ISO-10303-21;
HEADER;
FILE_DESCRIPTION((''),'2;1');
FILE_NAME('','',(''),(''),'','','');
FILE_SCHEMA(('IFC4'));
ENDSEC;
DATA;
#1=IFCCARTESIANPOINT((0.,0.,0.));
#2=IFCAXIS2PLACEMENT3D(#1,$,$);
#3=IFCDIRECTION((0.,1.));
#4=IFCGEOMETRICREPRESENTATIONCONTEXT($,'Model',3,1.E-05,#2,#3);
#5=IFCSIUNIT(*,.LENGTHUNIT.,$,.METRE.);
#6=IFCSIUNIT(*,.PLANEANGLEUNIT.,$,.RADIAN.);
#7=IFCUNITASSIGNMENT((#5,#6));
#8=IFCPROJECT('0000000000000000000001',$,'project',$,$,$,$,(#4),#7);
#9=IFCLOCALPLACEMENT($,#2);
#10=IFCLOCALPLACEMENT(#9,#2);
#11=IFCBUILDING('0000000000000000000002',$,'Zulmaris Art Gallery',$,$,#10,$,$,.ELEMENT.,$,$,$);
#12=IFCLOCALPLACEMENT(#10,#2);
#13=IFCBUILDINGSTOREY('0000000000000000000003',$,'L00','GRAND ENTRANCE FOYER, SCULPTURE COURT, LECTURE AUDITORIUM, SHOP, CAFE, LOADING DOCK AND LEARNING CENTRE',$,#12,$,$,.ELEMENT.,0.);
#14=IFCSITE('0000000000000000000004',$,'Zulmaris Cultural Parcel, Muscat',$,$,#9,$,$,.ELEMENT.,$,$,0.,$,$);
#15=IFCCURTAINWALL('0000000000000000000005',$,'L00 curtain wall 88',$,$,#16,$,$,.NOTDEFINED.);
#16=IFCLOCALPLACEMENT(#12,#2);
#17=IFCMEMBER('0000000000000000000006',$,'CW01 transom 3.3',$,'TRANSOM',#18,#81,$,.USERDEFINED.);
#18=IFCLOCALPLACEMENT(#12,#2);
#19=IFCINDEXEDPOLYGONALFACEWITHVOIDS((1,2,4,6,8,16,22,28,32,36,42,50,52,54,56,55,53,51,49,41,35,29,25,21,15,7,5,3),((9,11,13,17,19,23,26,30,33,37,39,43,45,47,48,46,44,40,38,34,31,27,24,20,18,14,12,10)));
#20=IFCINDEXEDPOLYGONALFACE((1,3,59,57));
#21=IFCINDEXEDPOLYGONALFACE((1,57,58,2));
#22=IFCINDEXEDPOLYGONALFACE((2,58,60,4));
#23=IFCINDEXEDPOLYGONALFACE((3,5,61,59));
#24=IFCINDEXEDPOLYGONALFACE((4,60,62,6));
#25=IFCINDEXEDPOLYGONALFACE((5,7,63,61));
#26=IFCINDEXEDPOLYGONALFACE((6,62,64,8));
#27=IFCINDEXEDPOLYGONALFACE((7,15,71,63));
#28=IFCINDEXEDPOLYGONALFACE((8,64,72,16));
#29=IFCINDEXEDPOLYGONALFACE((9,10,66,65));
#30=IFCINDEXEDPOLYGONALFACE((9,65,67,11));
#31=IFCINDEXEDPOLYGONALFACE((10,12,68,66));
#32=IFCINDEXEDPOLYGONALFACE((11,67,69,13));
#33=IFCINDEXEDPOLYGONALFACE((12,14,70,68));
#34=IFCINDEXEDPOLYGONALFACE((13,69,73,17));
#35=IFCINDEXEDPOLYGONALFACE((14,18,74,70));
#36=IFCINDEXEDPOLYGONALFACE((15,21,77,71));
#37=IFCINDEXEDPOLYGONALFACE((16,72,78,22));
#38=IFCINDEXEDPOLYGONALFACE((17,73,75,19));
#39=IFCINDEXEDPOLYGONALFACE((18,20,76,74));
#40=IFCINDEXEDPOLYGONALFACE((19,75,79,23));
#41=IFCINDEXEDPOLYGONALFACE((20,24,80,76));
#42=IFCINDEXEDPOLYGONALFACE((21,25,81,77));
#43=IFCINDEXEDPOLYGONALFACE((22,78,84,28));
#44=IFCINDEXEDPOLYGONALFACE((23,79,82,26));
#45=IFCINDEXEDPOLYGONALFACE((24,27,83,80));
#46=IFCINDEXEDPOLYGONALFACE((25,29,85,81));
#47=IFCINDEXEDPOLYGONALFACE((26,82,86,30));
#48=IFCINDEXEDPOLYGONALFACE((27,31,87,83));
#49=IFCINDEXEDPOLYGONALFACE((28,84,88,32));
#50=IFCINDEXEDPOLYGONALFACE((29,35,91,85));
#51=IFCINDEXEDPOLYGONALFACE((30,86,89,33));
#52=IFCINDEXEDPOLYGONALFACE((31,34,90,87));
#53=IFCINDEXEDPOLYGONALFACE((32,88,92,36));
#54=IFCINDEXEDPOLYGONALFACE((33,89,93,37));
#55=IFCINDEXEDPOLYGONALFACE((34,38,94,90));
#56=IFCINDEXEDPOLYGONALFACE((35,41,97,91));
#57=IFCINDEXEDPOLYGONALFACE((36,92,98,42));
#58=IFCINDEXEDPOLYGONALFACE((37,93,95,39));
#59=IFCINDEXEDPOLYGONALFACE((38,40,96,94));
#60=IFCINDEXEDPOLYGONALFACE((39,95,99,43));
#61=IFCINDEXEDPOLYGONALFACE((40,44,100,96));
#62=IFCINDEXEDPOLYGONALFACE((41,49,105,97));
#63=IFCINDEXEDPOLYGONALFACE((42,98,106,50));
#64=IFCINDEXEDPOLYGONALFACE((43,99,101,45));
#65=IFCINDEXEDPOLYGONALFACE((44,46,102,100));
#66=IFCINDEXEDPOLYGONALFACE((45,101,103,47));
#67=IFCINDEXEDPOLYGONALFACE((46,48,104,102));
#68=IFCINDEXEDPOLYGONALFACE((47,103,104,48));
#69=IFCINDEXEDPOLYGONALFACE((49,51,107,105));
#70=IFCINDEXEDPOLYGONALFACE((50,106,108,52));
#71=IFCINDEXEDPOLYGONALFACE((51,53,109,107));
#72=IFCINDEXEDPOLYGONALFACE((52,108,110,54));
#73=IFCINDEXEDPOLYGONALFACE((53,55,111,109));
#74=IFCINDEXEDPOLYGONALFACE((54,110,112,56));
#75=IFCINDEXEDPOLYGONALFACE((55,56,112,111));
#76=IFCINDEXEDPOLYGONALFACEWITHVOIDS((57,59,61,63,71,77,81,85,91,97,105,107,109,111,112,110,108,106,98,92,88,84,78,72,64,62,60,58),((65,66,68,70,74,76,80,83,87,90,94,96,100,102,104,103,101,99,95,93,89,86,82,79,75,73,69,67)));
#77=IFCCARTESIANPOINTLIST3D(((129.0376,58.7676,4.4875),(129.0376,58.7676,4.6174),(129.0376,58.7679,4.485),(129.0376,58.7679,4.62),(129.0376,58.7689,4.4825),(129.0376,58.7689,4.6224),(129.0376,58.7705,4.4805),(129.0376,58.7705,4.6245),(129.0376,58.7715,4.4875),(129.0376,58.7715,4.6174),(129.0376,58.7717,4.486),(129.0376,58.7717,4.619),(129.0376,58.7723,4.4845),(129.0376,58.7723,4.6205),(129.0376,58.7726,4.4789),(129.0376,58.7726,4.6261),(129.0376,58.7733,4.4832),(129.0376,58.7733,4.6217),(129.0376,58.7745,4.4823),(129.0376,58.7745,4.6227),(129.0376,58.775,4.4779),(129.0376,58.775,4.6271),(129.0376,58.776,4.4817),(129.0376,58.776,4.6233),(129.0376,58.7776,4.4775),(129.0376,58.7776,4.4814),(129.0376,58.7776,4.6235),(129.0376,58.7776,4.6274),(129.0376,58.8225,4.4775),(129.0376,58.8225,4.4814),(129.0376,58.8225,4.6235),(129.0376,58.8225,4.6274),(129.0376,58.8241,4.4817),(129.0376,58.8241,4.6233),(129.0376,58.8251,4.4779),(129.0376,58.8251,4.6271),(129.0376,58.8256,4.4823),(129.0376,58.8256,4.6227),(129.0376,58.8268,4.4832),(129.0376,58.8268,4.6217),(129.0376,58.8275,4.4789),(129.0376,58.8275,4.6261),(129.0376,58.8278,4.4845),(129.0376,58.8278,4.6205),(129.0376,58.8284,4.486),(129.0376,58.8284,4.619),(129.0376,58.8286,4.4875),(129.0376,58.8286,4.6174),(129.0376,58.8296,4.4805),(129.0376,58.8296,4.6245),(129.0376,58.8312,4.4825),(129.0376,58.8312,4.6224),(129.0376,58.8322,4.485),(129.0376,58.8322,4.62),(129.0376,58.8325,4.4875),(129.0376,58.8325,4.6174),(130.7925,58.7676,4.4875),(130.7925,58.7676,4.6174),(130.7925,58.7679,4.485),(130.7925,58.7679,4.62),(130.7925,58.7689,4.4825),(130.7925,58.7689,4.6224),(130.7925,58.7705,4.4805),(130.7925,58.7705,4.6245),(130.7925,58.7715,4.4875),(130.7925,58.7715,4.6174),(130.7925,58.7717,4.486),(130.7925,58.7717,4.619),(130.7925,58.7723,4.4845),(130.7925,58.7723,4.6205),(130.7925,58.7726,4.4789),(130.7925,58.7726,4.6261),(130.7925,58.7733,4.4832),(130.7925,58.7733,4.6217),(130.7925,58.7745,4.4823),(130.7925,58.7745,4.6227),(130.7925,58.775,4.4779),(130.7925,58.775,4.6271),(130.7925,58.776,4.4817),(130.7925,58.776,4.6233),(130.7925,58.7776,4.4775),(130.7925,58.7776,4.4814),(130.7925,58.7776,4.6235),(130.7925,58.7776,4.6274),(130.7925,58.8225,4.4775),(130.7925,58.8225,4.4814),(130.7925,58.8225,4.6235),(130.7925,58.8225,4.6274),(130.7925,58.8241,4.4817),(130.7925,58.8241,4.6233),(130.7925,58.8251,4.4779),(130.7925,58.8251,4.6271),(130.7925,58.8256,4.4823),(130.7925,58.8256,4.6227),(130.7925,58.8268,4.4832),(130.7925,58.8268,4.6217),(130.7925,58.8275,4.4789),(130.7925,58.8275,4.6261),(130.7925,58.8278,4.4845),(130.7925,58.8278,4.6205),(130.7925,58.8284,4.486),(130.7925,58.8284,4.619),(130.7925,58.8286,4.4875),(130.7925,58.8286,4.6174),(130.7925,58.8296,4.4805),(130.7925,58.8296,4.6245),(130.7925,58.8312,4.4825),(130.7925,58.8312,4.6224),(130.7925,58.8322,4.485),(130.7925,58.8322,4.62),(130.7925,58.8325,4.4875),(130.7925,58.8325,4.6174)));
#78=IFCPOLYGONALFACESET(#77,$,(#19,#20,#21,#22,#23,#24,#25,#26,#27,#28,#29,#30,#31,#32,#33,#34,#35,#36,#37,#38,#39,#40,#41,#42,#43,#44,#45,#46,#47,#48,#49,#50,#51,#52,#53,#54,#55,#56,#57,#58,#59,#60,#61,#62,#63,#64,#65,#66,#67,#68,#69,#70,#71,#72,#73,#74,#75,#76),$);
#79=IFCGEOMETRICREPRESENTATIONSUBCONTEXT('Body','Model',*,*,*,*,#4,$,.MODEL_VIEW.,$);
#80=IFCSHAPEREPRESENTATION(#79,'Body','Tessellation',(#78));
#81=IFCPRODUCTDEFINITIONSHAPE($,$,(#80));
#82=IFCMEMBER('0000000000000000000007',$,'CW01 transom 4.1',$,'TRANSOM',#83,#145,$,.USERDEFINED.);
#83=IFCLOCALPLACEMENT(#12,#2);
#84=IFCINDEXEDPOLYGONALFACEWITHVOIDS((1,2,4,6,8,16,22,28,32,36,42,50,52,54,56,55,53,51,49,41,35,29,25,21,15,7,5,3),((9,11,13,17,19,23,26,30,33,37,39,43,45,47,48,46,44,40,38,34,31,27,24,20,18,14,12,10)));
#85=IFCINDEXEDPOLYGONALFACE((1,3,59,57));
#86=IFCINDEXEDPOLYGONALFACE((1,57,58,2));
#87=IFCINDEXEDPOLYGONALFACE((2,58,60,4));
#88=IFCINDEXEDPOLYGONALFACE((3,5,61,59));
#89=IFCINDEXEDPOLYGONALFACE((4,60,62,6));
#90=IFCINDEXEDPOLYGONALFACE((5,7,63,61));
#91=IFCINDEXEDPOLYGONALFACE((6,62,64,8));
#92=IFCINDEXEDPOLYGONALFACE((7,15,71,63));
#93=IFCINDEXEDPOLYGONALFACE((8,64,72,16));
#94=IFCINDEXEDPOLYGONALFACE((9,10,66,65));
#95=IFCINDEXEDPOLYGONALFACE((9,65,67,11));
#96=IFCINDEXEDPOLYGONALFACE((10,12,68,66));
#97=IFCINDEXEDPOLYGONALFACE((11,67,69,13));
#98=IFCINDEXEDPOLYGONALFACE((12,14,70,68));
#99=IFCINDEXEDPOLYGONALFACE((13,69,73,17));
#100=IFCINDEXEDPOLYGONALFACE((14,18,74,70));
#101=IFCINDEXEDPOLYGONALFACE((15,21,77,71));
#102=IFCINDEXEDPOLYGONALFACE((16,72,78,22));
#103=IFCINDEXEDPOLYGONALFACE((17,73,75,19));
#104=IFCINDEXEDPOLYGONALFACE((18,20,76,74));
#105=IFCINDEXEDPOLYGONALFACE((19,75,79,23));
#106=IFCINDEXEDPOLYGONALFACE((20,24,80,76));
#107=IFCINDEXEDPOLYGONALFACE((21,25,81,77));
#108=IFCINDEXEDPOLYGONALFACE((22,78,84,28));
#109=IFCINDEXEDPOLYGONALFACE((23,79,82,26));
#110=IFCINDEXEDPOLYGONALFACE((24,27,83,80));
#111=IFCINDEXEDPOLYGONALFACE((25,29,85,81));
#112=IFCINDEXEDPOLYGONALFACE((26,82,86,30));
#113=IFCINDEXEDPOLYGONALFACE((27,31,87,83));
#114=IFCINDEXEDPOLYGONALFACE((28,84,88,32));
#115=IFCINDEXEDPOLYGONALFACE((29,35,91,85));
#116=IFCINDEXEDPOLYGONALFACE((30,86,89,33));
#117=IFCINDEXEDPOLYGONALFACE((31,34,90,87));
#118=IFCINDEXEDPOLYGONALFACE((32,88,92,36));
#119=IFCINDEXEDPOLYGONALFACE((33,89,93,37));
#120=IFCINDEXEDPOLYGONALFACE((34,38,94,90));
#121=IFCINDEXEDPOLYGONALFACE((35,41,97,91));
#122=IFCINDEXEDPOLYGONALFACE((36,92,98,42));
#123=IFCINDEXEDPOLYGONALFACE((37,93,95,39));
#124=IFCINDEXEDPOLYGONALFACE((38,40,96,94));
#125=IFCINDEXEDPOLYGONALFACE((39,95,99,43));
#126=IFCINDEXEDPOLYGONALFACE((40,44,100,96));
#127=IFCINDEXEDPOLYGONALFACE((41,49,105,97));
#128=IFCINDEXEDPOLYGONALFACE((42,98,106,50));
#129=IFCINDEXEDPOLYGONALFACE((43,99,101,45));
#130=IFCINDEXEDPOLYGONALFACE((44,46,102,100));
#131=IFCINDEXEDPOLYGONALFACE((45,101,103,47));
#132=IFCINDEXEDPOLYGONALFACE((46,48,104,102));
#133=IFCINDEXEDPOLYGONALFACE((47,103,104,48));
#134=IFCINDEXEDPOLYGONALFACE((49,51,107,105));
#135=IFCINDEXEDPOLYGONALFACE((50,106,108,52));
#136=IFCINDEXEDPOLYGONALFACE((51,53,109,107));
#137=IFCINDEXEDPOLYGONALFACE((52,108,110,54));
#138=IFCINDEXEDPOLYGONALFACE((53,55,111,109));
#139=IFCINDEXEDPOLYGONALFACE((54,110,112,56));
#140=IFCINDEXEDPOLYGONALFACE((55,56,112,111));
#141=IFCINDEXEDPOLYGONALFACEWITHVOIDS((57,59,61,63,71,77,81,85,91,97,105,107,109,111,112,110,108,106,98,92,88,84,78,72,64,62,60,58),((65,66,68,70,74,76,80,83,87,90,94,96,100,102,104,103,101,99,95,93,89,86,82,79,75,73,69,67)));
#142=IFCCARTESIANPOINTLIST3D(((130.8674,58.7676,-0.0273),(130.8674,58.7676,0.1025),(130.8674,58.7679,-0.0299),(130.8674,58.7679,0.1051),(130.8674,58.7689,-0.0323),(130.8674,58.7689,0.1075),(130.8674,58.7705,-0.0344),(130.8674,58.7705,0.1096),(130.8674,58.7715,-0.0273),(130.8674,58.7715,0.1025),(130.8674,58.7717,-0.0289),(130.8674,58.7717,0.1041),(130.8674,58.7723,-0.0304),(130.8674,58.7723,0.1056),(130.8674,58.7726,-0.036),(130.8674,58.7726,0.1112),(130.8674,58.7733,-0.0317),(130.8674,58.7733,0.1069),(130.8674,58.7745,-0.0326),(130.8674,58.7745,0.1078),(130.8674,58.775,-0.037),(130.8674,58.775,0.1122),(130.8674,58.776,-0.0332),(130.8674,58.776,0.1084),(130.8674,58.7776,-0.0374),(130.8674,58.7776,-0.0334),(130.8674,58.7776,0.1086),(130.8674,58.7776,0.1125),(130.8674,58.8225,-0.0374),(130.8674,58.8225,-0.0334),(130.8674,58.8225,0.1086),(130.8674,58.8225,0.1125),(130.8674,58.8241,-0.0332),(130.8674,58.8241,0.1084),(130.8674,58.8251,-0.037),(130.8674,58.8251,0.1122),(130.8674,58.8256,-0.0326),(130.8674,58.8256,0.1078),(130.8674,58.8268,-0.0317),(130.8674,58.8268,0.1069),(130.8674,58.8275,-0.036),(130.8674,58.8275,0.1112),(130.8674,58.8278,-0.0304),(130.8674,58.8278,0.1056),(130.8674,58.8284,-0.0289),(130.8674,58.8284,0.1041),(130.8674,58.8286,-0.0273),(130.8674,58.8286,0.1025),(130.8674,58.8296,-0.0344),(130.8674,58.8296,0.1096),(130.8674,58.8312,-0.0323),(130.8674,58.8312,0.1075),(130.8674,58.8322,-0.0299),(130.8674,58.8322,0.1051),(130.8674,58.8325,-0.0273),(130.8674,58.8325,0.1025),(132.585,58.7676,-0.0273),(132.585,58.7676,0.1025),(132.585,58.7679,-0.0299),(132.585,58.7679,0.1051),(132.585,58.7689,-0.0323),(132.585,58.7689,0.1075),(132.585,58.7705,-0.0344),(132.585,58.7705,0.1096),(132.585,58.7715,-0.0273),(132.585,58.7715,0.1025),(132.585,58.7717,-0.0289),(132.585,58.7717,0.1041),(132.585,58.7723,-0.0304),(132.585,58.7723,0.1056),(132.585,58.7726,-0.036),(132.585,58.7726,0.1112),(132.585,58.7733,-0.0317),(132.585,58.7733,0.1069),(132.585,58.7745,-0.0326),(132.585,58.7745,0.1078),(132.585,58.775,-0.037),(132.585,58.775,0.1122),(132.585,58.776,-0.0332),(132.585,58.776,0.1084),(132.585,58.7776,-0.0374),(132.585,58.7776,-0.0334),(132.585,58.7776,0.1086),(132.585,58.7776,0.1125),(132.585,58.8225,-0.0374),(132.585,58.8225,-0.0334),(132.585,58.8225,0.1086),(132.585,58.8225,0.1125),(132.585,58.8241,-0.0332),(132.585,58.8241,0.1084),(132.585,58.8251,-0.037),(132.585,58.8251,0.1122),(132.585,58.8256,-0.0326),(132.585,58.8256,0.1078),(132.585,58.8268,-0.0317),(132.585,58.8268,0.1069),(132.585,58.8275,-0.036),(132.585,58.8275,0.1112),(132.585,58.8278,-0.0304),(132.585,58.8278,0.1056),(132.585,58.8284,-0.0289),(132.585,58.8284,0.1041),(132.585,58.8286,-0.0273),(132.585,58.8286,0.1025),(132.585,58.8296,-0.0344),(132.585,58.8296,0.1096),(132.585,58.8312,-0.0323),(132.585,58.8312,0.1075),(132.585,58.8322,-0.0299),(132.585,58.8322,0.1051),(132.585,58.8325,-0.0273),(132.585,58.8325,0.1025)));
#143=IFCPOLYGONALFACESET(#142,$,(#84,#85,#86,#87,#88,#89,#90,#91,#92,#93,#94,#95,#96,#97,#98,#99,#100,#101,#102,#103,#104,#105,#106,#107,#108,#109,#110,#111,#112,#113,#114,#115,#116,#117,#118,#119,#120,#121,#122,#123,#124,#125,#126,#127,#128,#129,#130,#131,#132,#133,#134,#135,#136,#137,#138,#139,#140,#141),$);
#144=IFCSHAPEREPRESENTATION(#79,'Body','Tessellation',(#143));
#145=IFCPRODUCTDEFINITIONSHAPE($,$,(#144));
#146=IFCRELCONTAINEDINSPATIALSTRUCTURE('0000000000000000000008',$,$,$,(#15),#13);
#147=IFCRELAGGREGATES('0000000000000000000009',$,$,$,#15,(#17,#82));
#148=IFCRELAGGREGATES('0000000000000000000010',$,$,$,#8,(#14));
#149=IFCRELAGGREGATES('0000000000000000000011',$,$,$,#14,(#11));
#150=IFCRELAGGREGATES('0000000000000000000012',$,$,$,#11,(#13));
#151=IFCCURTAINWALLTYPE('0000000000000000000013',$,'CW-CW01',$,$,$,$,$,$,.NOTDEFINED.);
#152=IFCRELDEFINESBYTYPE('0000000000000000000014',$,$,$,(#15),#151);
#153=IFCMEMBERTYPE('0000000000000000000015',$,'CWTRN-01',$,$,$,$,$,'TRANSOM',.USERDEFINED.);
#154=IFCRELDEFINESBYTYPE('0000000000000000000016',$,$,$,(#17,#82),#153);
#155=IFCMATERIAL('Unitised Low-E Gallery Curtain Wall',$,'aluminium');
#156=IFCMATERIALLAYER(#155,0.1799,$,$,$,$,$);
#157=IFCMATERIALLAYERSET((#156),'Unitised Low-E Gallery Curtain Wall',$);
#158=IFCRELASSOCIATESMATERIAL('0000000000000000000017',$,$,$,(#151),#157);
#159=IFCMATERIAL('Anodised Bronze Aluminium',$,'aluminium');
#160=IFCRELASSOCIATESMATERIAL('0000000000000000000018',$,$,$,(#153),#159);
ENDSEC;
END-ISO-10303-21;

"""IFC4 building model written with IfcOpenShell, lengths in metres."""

from ifc_helpers import new_model, si_unit, direction, frame, origin, origin_2d, place, context, subcontext, project, spatial, hollow_rectangle, extrude, material, layer, layer_set, material_profile, profile_set, type_object, element, aggregate, save


model = new_model("IFC4")

# Units and contexts
model_context = context("Model", 3, precision=1e-05, world=origin(), true_north=direction((0.0, 1.0)))
body_context = subcontext(model_context, "Body", "Model", "MODEL_VIEW")
ifc_project = project(units=[si_unit("LENGTHUNIT", "METRE"), si_unit("PLANEANGLEUNIT", "RADIAN")], contexts=[model_context])

# Site, building, storey
site_placement = place(None, origin())
site = spatial("IfcSite", under=ifc_project, at=site_placement, Name="Zulmaris Cultural Parcel, Muscat", CompositionType="ELEMENT", RefElevation=0.0)
building_placement = place(site_placement, origin())
building = spatial("IfcBuilding", under=site, at=building_placement, Name="Zulmaris Art Gallery", CompositionType="ELEMENT")
storey_placement = place(building_placement, origin())
storey = spatial("IfcBuildingStorey", under=building, at=storey_placement, Name="L00", Description="GRAND ENTRANCE FOYER, SCULPTURE COURT, LECTURE AUDITORIUM, SHOP, CAFE, LOADING DOCK AND LEARNING CENTRE", CompositionType="ELEMENT", Elevation=0.0)

# Curtain wall, members
ifc_material_1 = material(Name="Unitised Low-E Gallery Curtain Wall", Category="aluminium")
ifc_layer_1 = layer(ifc_material_1, 0.1799)
ifc_layer_set_1 = layer_set([ifc_layer_1], Name="Unitised Low-E Gallery Curtain Wall")
curtain_wall_type = type_object("IfcCurtainWallType", Name="CW-CW01", PredefinedType="NOTDEFINED", material=ifc_layer_set_1)
curtain_wall_placement = place(storey_placement, origin())
curtain_wall = element("IfcCurtainWall", 1, at=curtain_wall_placement, inside=storey, type_object=curtain_wall_type, Name="L00 curtain wall 88", PredefinedType="NOTDEFINED")
ifc_material_2 = material(Name="Anodised Bronze Aluminium", Category="aluminium")
ifc_material_profile_1 = material_profile(ifc_material_2, hollow_rectangle(XDim=0.0649, YDim=0.1499, WallThickness=0.0039, InnerFilletRadius=0.0061, OuterFilletRadius=0.01, at=origin_2d()), Name="ALU 65x150x4")
ifc_profile_set_1 = profile_set([ifc_material_profile_1], Name="Anodised Bronze Aluminium")
member_type_1 = type_object("IfcMemberType", Name="CWTRN-01", ElementType="TRANSOM", PredefinedType="USERDEFINED", material=ifc_profile_set_1)
member_1_placement = place(storey_placement, frame((129.0376, 58.8, 4.5525), z_axis=(1.0, 0.0, 0.0), x_axis=(0.0, 1.0, 0.0)))
member_1 = element("IfcMember", 2, at=member_1_placement, type_object=member_type_1, Name="CW01 transom 3.3", ObjectType="TRANSOM", PredefinedType="USERDEFINED", context=body_context, shape_type="SweptSolid", body=[
    extrude(hollow_rectangle(XDim=0.0649, YDim=0.1499, WallThickness=0.0039, InnerFilletRadius=0.0061, OuterFilletRadius=0.01, at=origin_2d()), origin(), (0.0, 0.0, 1.0), 1.7549),
])
member_2_placement = place(storey_placement, frame((130.8674, 58.8, 0.0376), z_axis=(1.0, 0.0, 0.0), x_axis=(0.0, 1.0, 0.0)))
member_2 = element("IfcMember", 3, at=member_2_placement, type_object=member_type_1, Name="CW01 transom 4.1", ObjectType="TRANSOM", PredefinedType="USERDEFINED", context=body_context, shape_type="SweptSolid", body=[
    extrude(hollow_rectangle(XDim=0.0649, YDim=0.1499, WallThickness=0.0039, InnerFilletRadius=0.0061, OuterFilletRadius=0.01, at=origin_2d()), origin(), (0.0, 0.0, 1.0), 1.7175),
])
aggregate(curtain_wall, [member_1, member_2])

save(model, "model.ifc")
